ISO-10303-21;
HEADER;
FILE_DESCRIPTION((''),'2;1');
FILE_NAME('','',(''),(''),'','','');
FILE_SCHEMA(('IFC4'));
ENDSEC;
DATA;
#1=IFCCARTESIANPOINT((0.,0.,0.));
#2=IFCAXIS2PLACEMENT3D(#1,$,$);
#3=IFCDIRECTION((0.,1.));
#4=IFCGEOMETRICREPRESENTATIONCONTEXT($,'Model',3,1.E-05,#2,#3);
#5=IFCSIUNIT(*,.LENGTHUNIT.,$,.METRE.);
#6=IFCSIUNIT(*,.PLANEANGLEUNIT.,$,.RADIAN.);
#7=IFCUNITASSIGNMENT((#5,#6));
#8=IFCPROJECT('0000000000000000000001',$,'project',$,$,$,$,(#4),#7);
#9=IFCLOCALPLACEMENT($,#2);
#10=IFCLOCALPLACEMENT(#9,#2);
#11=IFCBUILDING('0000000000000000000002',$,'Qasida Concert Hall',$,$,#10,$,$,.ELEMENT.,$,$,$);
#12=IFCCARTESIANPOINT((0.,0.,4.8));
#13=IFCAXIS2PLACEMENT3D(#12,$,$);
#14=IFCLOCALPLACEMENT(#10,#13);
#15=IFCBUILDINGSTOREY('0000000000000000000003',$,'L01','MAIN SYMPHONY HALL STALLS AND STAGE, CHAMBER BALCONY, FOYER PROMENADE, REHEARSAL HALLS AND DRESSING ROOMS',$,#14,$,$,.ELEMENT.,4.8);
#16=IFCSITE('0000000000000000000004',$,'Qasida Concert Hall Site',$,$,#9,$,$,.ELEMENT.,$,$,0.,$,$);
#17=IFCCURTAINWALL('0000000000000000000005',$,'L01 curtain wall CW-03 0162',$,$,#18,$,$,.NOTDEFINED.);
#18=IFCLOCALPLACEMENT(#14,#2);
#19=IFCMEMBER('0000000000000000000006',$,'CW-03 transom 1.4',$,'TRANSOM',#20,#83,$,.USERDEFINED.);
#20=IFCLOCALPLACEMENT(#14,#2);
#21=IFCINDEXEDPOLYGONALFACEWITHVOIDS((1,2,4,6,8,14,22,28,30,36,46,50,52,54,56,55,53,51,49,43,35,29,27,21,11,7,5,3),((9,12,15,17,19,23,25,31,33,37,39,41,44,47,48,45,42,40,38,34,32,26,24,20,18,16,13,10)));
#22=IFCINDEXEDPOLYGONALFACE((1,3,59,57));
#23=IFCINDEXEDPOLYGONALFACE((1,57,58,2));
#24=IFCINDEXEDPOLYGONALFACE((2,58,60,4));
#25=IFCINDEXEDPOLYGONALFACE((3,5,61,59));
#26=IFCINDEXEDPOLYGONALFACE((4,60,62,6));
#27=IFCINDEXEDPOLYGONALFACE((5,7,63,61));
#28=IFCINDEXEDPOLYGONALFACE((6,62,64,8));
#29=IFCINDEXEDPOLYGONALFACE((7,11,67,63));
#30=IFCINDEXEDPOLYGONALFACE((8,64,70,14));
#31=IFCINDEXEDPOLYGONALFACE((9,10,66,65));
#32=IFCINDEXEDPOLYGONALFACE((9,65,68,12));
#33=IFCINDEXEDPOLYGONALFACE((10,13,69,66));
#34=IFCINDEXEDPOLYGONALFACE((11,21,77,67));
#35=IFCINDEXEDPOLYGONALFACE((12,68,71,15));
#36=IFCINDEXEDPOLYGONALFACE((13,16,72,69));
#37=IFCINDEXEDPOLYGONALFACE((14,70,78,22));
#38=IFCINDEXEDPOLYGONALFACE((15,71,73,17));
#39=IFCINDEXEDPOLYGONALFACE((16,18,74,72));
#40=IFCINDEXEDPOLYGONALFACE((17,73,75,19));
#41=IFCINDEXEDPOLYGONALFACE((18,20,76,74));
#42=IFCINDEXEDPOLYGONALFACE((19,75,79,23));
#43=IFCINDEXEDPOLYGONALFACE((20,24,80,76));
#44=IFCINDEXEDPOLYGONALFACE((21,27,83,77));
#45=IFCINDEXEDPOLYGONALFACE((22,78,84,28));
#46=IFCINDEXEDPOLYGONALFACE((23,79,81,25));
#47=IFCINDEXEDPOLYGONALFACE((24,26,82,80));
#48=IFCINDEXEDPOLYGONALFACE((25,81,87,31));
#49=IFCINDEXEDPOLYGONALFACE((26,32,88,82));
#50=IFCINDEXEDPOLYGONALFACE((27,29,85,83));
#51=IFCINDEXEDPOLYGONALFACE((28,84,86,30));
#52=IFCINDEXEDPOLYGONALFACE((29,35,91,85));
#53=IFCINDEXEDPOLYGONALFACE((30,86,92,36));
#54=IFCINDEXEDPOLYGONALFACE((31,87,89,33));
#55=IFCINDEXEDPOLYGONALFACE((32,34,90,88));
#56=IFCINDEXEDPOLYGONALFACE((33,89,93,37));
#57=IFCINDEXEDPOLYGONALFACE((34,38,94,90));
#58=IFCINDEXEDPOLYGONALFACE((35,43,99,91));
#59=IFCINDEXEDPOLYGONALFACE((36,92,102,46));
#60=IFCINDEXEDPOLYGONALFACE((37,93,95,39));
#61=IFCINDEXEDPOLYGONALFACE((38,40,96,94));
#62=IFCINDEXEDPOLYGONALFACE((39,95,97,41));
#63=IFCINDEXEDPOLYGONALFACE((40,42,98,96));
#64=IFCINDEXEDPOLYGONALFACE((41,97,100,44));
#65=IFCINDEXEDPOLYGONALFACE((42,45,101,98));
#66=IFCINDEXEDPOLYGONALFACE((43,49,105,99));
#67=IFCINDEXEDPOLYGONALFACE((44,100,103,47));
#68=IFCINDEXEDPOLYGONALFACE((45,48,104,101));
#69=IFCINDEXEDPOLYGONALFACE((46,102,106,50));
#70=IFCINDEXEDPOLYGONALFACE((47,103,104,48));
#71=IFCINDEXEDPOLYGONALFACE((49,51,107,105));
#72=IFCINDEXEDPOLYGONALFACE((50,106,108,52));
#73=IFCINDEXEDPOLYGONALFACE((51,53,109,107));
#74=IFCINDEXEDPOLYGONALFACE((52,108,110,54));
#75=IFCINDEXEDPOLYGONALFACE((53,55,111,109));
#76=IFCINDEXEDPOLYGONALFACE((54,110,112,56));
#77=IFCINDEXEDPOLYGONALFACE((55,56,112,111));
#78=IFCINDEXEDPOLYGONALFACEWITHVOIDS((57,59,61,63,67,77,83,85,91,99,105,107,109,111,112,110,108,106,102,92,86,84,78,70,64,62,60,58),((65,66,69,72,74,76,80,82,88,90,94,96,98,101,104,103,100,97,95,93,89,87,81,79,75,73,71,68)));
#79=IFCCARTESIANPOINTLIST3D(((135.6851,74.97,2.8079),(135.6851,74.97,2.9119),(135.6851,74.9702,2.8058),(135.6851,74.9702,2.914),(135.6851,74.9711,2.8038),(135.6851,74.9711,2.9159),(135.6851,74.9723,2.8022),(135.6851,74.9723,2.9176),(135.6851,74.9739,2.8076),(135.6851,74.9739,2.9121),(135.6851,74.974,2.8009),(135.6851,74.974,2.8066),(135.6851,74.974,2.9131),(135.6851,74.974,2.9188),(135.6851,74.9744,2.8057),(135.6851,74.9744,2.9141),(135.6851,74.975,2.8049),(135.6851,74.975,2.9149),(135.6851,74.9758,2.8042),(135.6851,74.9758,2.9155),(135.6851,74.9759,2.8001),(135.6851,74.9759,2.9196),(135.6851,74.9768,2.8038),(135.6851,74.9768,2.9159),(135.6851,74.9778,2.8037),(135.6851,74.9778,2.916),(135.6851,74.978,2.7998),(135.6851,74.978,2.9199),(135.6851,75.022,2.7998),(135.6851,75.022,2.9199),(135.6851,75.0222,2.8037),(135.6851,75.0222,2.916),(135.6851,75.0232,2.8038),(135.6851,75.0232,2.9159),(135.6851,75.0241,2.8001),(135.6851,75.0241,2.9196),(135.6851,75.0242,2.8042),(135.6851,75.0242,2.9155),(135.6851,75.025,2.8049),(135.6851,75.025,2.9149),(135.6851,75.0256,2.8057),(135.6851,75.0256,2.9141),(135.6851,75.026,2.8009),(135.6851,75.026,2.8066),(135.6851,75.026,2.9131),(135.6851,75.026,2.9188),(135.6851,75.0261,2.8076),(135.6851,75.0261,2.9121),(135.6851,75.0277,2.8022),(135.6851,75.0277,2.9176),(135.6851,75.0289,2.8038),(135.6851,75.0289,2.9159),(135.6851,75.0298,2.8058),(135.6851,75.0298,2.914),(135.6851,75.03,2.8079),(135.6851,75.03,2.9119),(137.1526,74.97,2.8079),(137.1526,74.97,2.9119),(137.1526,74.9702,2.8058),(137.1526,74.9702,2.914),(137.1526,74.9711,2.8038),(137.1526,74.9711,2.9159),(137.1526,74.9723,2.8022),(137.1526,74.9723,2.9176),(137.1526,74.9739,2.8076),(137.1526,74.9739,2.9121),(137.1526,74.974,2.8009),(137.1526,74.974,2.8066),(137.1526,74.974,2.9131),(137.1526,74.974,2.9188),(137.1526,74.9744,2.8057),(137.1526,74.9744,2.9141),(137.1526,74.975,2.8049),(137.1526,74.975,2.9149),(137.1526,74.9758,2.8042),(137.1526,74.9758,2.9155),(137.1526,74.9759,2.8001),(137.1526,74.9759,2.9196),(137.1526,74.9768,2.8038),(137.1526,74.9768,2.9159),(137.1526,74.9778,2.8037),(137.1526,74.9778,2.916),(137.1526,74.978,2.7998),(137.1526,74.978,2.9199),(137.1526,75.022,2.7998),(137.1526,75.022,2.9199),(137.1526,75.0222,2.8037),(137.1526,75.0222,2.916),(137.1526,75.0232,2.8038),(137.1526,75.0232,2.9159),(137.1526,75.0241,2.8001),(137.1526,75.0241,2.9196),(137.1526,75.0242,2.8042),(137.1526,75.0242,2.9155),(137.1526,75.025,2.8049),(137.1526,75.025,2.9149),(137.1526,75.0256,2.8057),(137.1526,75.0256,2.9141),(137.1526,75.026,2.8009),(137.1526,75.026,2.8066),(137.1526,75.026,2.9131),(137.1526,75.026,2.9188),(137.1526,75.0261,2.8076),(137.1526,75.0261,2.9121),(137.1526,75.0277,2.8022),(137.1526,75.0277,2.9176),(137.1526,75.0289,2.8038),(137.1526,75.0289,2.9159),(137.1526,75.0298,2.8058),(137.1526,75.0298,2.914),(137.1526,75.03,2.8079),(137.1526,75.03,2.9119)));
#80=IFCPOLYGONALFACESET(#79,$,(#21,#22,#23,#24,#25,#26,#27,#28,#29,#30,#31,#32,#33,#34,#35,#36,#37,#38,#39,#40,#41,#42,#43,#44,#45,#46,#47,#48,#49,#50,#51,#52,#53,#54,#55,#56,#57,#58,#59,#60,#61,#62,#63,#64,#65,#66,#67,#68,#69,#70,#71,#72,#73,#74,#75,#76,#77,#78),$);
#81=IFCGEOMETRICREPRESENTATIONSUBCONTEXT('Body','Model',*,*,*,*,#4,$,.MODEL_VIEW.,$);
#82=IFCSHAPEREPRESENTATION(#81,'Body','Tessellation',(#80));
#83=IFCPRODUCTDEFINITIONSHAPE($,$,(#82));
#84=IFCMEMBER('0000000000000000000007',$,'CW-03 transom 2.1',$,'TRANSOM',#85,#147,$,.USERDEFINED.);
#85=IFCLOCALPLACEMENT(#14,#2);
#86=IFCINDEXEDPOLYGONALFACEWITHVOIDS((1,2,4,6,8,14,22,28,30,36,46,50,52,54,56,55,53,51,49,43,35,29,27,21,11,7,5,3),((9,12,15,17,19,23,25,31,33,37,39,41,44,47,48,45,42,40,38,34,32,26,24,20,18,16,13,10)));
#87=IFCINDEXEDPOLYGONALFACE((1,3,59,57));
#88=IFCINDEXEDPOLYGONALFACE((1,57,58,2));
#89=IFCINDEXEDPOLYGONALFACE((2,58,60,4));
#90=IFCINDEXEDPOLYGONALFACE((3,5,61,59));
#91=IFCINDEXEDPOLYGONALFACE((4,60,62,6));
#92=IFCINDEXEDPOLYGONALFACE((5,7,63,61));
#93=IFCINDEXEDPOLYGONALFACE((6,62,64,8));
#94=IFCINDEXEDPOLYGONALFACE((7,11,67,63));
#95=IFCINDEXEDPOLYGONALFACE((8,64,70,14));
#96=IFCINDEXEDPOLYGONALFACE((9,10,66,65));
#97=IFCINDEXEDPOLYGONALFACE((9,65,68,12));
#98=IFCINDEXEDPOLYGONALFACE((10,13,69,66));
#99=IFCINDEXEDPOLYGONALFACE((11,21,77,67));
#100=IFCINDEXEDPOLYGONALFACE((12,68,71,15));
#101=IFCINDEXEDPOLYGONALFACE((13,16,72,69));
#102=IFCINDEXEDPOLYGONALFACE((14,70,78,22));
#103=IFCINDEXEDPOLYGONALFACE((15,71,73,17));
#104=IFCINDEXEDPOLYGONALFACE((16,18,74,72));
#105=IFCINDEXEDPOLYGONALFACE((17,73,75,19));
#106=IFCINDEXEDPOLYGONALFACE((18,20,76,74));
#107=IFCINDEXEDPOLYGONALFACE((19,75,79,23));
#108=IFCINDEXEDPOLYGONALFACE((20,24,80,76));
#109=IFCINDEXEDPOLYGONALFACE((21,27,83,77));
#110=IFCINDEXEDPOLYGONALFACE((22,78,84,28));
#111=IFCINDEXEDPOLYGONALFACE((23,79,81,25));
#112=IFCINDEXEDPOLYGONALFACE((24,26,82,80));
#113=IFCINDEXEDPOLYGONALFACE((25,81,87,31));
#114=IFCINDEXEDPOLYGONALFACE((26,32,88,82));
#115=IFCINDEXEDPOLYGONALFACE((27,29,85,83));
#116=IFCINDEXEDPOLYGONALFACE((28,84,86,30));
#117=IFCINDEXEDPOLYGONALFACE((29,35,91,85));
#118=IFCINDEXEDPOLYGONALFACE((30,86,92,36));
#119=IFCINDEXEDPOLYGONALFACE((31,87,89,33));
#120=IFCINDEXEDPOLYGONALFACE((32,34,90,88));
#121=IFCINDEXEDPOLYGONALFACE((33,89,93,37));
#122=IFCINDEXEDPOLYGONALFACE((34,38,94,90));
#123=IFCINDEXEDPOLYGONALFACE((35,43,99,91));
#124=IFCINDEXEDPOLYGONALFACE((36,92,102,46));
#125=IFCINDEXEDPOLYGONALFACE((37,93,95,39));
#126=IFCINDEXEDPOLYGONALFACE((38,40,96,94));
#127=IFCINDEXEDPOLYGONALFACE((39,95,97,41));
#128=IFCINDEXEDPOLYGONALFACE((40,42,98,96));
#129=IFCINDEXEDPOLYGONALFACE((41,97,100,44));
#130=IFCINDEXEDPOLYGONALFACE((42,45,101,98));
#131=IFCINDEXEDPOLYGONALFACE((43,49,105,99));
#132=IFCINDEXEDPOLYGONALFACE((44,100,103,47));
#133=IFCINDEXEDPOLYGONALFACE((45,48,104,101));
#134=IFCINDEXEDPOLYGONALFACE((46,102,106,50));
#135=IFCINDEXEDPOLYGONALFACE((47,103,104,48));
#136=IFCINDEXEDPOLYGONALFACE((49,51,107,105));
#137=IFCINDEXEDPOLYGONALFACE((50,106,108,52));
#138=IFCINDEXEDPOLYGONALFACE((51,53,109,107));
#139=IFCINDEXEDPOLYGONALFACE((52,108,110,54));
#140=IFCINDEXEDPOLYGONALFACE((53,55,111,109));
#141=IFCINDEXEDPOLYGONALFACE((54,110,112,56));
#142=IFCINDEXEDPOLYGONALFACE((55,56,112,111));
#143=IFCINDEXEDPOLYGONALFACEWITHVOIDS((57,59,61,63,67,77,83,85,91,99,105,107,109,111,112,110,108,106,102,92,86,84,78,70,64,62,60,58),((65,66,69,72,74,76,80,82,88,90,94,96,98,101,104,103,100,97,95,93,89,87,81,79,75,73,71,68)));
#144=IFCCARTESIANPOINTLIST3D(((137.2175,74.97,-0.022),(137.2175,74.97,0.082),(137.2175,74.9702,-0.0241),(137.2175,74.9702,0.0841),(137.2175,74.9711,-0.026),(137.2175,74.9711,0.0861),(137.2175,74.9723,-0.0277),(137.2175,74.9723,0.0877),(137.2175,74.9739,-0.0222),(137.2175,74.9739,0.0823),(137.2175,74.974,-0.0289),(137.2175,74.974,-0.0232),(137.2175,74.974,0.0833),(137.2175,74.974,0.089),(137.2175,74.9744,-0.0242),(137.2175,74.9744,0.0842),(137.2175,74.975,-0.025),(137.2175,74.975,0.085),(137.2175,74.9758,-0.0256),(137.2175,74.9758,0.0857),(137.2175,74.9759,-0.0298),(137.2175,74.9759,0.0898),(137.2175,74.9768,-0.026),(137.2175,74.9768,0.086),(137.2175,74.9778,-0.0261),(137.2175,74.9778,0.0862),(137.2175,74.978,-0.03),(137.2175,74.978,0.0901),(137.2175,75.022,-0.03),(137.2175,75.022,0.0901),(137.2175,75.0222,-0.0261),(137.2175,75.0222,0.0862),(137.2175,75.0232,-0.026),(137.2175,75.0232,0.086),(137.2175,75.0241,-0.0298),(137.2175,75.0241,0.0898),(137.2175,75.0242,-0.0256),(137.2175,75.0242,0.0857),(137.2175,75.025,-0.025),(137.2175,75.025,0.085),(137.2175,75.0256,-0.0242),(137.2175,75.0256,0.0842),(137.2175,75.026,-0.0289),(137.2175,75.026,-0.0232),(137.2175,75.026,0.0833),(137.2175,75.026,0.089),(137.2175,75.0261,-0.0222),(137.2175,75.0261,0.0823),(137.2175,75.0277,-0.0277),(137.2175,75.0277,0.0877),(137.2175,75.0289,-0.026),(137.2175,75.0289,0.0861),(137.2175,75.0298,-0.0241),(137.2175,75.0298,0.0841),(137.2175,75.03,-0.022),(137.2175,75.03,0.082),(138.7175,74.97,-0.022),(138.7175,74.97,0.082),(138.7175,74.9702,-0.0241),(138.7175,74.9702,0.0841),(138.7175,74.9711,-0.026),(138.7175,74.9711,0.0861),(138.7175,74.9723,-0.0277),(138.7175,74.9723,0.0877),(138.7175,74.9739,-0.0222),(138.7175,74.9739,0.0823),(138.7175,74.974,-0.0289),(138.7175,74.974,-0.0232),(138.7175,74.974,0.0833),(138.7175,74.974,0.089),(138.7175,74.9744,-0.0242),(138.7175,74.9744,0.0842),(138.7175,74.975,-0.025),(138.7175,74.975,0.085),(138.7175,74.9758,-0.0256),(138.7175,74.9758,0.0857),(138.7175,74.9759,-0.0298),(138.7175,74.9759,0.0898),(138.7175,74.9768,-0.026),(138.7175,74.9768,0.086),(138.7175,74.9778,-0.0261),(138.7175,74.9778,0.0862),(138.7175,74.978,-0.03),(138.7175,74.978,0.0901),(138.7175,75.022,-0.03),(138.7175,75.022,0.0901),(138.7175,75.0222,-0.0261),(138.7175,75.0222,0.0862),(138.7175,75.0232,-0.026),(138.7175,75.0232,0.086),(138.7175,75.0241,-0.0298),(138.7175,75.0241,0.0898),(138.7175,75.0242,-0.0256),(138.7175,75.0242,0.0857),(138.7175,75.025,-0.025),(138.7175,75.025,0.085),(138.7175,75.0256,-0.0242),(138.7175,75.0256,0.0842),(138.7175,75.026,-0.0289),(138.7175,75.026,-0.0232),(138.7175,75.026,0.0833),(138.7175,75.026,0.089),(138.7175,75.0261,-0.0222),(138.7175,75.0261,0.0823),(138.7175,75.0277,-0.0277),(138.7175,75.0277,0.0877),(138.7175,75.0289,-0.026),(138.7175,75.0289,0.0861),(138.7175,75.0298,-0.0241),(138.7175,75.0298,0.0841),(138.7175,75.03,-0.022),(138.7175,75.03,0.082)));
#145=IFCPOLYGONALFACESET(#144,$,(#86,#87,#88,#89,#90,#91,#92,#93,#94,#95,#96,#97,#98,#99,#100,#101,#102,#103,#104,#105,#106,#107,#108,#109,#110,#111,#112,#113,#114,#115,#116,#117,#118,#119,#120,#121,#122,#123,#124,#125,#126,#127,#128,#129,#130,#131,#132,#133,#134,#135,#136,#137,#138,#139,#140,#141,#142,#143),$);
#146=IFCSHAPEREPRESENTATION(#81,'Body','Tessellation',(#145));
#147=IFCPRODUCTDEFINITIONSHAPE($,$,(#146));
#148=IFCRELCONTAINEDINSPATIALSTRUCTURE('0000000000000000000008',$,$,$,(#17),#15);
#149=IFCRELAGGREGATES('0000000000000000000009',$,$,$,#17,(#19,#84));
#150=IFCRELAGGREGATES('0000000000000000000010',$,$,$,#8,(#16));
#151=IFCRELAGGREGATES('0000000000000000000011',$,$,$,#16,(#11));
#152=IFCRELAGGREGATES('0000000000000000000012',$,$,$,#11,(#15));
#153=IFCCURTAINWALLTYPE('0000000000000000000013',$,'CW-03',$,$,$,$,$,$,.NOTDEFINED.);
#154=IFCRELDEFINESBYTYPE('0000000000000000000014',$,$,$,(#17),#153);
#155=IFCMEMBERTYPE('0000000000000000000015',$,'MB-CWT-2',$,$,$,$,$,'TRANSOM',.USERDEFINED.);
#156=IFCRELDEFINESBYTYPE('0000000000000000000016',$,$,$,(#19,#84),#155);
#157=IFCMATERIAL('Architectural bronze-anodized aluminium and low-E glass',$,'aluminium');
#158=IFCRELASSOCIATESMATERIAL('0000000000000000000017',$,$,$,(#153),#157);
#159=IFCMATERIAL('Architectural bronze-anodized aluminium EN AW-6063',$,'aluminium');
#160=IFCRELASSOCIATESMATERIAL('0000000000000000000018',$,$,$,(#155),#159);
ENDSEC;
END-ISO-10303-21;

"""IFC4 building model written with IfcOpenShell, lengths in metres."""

from ifc_helpers import new_model, si_unit, direction, frame, origin, origin_2d, place, context, subcontext, project, spatial, hollow_rectangle, extrude, material, material_profile, profile_set, type_object, element, aggregate, save


model = new_model("IFC4")

# Units and contexts
model_context = context("Model", 3, precision=1e-05, world=origin(), true_north=direction((0.0, 1.0)))
body_context = subcontext(model_context, "Body", "Model", "MODEL_VIEW")
ifc_project = project(units=[si_unit("LENGTHUNIT", "METRE"), si_unit("PLANEANGLEUNIT", "RADIAN")], contexts=[model_context])

# Site, building, storey
site_placement = place(None, origin())
site = spatial("IfcSite", under=ifc_project, at=site_placement, Name="Qasida Concert Hall Site", CompositionType="ELEMENT", RefElevation=0.0)
building_placement = place(site_placement, origin())
building = spatial("IfcBuilding", under=site, at=building_placement, Name="Qasida Concert Hall", CompositionType="ELEMENT")
storey_placement = place(building_placement, frame((0.0, 0.0, 4.8)))
storey = spatial("IfcBuildingStorey", under=building, at=storey_placement, Name="L01", Description="MAIN SYMPHONY HALL STALLS AND STAGE, CHAMBER BALCONY, FOYER PROMENADE, REHEARSAL HALLS AND DRESSING ROOMS", CompositionType="ELEMENT", Elevation=4.8)

# Curtain wall, members
ifc_material_1 = material(Name="Architectural bronze-anodized aluminium and low-E glass", Category="aluminium")
curtain_wall_type = type_object("IfcCurtainWallType", Name="CW-03", PredefinedType="NOTDEFINED", material=ifc_material_1)
curtain_wall_placement = place(storey_placement, origin())
curtain_wall = element("IfcCurtainWall", 1, at=curtain_wall_placement, inside=storey, type_object=curtain_wall_type, Name="L01 curtain wall CW-03 0162", PredefinedType="NOTDEFINED")
ifc_material_2 = material(Name="Architectural bronze-anodized aluminium EN AW-6063", Category="aluminium")
ifc_material_profile_1 = material_profile(ifc_material_2, hollow_rectangle(XDim=0.0601, YDim=0.1201, WallThickness=0.0039, InnerFilletRadius=0.0039, OuterFilletRadius=0.0081, at=origin_2d()), Name="CWT 120x60x4")
ifc_profile_set_1 = profile_set([ifc_material_profile_1], Name="Architectural bronze-anodized aluminium EN AW-6063")
member_type_1 = type_object("IfcMemberType", Name="MB-CWT-2", ElementType="TRANSOM", PredefinedType="USERDEFINED", material=ifc_profile_set_1)
member_1_placement = place(storey_placement, frame((135.6851, 75.0, 2.8599), z_axis=(1.0, 0.0, 0.0), x_axis=(0.0, 1.0, 0.0)))
member_1 = element("IfcMember", 2, at=member_1_placement, type_object=member_type_1, Name="CW-03 transom 1.4", ObjectType="TRANSOM", PredefinedType="USERDEFINED", context=body_context, shape_type="SweptSolid", body=[
    extrude(hollow_rectangle(XDim=0.0601, YDim=0.1201, WallThickness=0.0039, InnerFilletRadius=0.0039, OuterFilletRadius=0.0081, at=origin_2d()), origin(), (0.0, 0.0, 1.0), 1.4675),
])
member_2_placement = place(storey_placement, frame((137.2175, 75.0, 0.03), z_axis=(1.0, 0.0, 0.0), x_axis=(0.0, 1.0, 0.0)))
member_2 = element("IfcMember", 3, at=member_2_placement, type_object=member_type_1, Name="CW-03 transom 2.1", ObjectType="TRANSOM", PredefinedType="USERDEFINED", context=body_context, shape_type="SweptSolid", body=[
    extrude(hollow_rectangle(XDim=0.0601, YDim=0.1201, WallThickness=0.0039, InnerFilletRadius=0.0039, OuterFilletRadius=0.0081, at=origin_2d()), origin(), (0.0, 0.0, 1.0), 1.5),
])
aggregate(curtain_wall, [member_1, member_2])

save(model, "model.ifc")
